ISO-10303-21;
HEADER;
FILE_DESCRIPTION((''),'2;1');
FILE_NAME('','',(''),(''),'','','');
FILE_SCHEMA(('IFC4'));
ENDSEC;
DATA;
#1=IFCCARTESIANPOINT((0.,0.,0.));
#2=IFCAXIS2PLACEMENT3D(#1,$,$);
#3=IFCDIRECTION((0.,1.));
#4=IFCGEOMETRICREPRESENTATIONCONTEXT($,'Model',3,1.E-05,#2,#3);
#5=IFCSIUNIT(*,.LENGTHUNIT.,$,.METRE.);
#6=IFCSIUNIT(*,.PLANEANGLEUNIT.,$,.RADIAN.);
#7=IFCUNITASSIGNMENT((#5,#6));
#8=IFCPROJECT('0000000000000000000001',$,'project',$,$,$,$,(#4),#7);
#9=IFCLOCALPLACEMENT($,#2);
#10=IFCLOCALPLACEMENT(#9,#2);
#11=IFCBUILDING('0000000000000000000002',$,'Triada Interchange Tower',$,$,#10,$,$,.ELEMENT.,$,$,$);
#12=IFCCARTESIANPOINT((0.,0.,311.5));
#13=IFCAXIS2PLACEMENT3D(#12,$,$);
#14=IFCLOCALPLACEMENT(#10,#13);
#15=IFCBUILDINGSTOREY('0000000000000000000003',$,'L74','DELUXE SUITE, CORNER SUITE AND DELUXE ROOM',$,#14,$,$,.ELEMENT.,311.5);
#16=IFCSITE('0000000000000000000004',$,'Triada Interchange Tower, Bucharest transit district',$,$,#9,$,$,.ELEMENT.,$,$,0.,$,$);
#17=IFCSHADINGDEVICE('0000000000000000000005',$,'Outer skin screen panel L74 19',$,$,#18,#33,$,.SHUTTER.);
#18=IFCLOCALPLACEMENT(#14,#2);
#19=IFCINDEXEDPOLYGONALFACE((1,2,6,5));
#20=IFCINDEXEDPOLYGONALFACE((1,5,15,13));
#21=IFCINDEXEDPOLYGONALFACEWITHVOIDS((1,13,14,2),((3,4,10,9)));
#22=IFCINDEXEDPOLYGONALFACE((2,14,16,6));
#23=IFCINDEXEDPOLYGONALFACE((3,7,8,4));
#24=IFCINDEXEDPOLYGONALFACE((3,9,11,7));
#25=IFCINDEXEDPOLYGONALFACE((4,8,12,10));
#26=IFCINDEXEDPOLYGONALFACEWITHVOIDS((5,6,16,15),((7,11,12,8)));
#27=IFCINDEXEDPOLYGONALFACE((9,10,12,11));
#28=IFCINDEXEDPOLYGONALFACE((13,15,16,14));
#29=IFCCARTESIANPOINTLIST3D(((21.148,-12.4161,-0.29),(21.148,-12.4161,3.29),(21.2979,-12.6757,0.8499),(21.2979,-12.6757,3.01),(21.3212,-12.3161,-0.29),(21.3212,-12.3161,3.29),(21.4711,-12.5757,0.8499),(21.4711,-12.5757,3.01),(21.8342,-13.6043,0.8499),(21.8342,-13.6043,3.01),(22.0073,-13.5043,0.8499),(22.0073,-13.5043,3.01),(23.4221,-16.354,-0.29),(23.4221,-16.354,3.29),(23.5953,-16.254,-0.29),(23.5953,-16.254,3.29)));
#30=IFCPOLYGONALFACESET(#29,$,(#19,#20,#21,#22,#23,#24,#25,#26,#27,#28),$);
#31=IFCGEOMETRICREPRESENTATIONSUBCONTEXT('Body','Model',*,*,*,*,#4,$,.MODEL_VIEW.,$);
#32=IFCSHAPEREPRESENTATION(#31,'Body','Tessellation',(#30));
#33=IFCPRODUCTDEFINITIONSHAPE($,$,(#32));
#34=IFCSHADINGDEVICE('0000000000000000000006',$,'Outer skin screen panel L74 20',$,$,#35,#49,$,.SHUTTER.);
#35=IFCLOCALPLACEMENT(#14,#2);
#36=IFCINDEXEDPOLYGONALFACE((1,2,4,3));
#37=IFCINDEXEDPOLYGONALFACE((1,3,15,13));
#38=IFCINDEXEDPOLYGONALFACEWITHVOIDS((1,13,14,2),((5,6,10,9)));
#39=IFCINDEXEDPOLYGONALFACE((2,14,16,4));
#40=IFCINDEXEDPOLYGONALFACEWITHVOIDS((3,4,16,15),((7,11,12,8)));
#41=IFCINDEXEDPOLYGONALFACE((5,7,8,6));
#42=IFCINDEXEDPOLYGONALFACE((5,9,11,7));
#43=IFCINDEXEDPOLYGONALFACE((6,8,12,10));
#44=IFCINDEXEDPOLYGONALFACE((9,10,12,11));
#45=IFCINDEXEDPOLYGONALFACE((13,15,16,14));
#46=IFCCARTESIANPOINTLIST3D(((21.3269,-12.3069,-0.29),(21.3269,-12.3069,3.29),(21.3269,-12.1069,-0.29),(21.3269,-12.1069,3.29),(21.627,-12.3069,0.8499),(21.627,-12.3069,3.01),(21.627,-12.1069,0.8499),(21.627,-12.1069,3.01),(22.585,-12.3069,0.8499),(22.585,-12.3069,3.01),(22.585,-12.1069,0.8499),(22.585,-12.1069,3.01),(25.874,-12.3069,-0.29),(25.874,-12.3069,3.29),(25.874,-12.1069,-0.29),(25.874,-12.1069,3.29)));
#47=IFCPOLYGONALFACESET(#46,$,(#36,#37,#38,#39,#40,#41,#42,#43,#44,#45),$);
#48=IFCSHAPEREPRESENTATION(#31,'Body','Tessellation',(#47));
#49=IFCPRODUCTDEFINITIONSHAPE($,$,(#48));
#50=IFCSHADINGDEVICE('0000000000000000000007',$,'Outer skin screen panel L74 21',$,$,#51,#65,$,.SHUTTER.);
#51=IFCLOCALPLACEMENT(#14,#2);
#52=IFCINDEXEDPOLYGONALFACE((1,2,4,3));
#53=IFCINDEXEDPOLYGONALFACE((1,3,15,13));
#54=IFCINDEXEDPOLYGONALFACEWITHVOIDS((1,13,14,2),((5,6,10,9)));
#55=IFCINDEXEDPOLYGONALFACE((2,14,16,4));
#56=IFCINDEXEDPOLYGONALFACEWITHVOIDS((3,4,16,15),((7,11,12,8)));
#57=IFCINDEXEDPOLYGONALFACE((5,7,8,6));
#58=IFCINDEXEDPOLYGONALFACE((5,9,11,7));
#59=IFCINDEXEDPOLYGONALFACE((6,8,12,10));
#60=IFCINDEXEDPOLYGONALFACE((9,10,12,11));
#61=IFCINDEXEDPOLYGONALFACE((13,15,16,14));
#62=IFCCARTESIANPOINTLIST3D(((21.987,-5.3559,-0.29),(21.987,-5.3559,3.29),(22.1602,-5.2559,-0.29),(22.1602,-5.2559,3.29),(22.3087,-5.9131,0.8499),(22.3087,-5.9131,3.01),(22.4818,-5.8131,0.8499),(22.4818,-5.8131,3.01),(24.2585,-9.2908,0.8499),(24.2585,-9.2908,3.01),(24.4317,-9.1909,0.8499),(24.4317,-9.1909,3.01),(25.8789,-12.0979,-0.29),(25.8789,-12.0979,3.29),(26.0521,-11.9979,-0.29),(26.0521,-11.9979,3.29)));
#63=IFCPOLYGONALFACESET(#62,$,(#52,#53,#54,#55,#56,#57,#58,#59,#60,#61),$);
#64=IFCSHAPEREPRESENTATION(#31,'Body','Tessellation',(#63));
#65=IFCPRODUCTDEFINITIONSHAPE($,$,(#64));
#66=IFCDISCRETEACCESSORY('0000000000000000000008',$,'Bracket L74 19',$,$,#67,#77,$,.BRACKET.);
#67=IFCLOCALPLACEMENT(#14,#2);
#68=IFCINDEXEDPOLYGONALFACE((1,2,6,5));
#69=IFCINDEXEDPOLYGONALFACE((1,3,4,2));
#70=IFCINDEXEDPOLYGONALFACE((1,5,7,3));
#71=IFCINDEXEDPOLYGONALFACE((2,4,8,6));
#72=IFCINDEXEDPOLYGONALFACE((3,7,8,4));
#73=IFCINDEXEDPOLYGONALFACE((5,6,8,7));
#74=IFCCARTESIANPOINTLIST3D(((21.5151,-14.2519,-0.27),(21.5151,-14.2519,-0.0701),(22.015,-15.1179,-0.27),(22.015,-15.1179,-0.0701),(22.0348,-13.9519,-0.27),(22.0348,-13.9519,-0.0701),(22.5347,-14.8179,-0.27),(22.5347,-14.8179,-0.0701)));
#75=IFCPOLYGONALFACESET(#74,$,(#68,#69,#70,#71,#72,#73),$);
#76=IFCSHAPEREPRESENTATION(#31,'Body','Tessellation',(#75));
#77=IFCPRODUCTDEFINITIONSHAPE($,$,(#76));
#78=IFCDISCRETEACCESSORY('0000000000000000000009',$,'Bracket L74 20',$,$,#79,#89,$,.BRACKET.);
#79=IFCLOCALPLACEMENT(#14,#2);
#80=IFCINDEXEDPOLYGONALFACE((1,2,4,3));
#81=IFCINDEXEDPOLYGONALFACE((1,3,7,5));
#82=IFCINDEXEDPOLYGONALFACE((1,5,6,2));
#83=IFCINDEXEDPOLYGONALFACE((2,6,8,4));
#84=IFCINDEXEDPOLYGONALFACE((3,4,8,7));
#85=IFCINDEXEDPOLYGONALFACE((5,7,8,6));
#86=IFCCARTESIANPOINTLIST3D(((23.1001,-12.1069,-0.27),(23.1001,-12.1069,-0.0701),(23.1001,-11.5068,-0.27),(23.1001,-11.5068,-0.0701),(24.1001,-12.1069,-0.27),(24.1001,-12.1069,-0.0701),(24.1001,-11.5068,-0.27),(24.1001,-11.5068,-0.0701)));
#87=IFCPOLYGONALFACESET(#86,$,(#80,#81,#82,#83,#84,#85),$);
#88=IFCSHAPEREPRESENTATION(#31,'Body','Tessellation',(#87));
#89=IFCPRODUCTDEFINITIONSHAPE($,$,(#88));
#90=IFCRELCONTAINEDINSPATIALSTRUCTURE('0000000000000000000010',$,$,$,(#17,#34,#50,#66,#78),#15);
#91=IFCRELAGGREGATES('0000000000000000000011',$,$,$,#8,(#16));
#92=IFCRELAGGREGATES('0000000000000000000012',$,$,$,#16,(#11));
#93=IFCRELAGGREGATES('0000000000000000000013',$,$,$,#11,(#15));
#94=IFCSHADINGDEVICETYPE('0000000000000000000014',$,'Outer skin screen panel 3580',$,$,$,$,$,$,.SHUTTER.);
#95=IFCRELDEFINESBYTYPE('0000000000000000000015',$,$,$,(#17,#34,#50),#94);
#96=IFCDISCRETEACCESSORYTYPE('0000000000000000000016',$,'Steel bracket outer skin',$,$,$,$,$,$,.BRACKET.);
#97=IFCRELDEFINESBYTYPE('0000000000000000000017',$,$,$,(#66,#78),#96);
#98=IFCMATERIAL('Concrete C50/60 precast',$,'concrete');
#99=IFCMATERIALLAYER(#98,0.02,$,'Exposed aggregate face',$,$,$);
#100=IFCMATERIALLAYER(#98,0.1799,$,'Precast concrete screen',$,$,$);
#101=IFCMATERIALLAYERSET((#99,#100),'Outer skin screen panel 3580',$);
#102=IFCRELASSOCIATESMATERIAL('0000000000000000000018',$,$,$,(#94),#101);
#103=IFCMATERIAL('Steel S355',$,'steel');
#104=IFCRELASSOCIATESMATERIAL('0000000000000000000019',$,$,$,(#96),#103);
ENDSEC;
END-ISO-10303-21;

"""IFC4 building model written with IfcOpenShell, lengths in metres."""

from ifc_helpers import new_model, si_unit, direction, frame, origin, origin_2d, place, context, subcontext, project, spatial, polyline, rectangle, outline, extrude, material, layer, layer_set, type_object, element, save


model = new_model("IFC4")

# Units and contexts
model_context = context("Model", 3, precision=1e-05, world=origin(), true_north=direction((0.0, 1.0)))
body_context = subcontext(model_context, "Body", "Model", "MODEL_VIEW")
ifc_project = project(units=[si_unit("LENGTHUNIT", "METRE"), si_unit("PLANEANGLEUNIT", "RADIAN")], contexts=[model_context])

# Site, building, storey
site_placement = place(None, origin())
site = spatial("IfcSite", under=ifc_project, at=site_placement, Name="Triada Interchange Tower, Bucharest transit district", CompositionType="ELEMENT", RefElevation=0.0)
building_placement = place(site_placement, origin())
building = spatial("IfcBuilding", under=site, at=building_placement, Name="Triada Interchange Tower", CompositionType="ELEMENT")
storey_placement = place(building_placement, frame((0.0, 0.0, 311.5)))
storey = spatial("IfcBuildingStorey", under=building, at=storey_placement, Name="L74", Description="DELUXE SUITE, CORNER SUITE AND DELUXE ROOM", CompositionType="ELEMENT", Elevation=311.5)

# Shading devices
ifc_material_1 = material(Name="Concrete C50/60 precast", Category="concrete")
ifc_layer_1 = layer(ifc_material_1, 0.02, Name="Exposed aggregate face")
ifc_layer_2 = layer(ifc_material_1, 0.1799, Name="Precast concrete screen")
ifc_layer_set_1 = layer_set([ifc_layer_1, ifc_layer_2], Name="Outer skin screen panel 3580")
shading_device_type = type_object("IfcShadingDeviceType", Name="Outer skin screen panel 3580", PredefinedType="SHUTTER", material=ifc_layer_set_1)
shading_device_1_placement = place(storey_placement, frame((23.4221, -16.354, -0.29), z_axis=(0.0, 0.0, 1.0), x_axis=(-0.500094, 0.865971, 0.0)))
element("IfcShadingDevice", 1, at=shading_device_1_placement, inside=storey, type_object=shading_device_type, Name="Outer skin screen panel L74 19", PredefinedType="SHUTTER", context=body_context, shape_type="SweptSolid", body=[
    extrude(outline(polyline([(0.0, 0.0), (4.5474, 0.0), (4.5474, 3.5801), (0.0, 3.5801), (0.0, 0.0)]), holes=[polyline([(3.1753, 1.1399), (3.1753, 3.3), (4.2476, 3.3), (4.2476, 1.1399), (3.1753, 1.1399)])]), frame((0.0, 0.0, 0.0), z_axis=(0.0, -1.0, 0.0), x_axis=(1.0, 0.0, 0.0)), (0.0, 0.0, 1.0), 0.2),
])
shading_device_2_placement = place(storey_placement, frame((21.3269, -12.1069, -0.29), z_axis=(0.0, 0.0, 1.0), x_axis=(1.0, 0.0, 0.0)))
element("IfcShadingDevice", 2, at=shading_device_2_placement, inside=storey, type_object=shading_device_type, Name="Outer skin screen panel L74 20", PredefinedType="SHUTTER", context=body_context, shape_type="SweptSolid", body=[
    extrude(outline(polyline([(0.0, 0.0), (4.5471, 0.0), (4.5471, 3.5801), (0.0, 3.5801), (0.0, 0.0)]), holes=[polyline([(0.3, 1.1399), (0.3, 3.3), (1.2581, 3.3), (1.2581, 1.1399), (0.3, 1.1399)])]), frame((0.0, 0.0, 0.0), z_axis=(0.0, -1.0, 0.0), x_axis=(1.0, 0.0, 0.0)), (0.0, 0.0, 1.0), 0.2),
])
shading_device_3_placement = place(storey_placement, frame((25.8789, -12.0979, -0.29), z_axis=(0.0, 0.0, 1.0), x_axis=(-0.499941, 0.86606, 0.0)))
element("IfcShadingDevice", 3, at=shading_device_3_placement, inside=storey, type_object=shading_device_type, Name="Outer skin screen panel L74 21", PredefinedType="SHUTTER", context=body_context, shape_type="SweptSolid", body=[
    extrude(outline(polyline([(0.0, 0.0), (7.7847, 0.0), (7.7847, 3.5801), (0.0, 3.5801), (0.0, 0.0)]), holes=[polyline([(3.2412, 1.1399), (3.2412, 3.3), (7.1414, 3.3), (7.1414, 1.1399), (3.2412, 1.1399)])]), frame((0.0, 0.0, 0.0), z_axis=(0.0, -1.0, 0.0), x_axis=(1.0, 0.0, 0.0)), (0.0, 0.0, 1.0), 0.2),
])

# Discrete accessories
ifc_material_2 = material(Name="Steel S355", Category="steel")
discrete_accessory_type = type_object("IfcDiscreteAccessoryType", Name="Steel bracket outer skin", PredefinedType="BRACKET", material=ifc_material_2)
for number, where, z_axis, x_axis, name in (
    (4, (22.0249, -14.5349, -0.27), (0.0, 0.0, 1.0), (0.866043, 0.499969, 0.0), "Bracket L74 19"),
    (5, (23.6001, -11.8069, -0.27), (0.0, 0.0, 1.0), (0.0, -1.0, 0.0), "Bracket L74 20"),
):
    element("IfcDiscreteAccessory", number, at=place(storey_placement, frame(where, z_axis=z_axis, x_axis=x_axis)), inside=storey, type_object=discrete_accessory_type, Name=name, PredefinedType="BRACKET", context=body_context, shape_type="SweptSolid", body=[
        extrude(rectangle(XDim=0.6001, YDim=1.0, at=origin_2d()), origin(), (0.0, 0.0, 1.0), 0.2),
    ])

save(model, "model.ifc")
